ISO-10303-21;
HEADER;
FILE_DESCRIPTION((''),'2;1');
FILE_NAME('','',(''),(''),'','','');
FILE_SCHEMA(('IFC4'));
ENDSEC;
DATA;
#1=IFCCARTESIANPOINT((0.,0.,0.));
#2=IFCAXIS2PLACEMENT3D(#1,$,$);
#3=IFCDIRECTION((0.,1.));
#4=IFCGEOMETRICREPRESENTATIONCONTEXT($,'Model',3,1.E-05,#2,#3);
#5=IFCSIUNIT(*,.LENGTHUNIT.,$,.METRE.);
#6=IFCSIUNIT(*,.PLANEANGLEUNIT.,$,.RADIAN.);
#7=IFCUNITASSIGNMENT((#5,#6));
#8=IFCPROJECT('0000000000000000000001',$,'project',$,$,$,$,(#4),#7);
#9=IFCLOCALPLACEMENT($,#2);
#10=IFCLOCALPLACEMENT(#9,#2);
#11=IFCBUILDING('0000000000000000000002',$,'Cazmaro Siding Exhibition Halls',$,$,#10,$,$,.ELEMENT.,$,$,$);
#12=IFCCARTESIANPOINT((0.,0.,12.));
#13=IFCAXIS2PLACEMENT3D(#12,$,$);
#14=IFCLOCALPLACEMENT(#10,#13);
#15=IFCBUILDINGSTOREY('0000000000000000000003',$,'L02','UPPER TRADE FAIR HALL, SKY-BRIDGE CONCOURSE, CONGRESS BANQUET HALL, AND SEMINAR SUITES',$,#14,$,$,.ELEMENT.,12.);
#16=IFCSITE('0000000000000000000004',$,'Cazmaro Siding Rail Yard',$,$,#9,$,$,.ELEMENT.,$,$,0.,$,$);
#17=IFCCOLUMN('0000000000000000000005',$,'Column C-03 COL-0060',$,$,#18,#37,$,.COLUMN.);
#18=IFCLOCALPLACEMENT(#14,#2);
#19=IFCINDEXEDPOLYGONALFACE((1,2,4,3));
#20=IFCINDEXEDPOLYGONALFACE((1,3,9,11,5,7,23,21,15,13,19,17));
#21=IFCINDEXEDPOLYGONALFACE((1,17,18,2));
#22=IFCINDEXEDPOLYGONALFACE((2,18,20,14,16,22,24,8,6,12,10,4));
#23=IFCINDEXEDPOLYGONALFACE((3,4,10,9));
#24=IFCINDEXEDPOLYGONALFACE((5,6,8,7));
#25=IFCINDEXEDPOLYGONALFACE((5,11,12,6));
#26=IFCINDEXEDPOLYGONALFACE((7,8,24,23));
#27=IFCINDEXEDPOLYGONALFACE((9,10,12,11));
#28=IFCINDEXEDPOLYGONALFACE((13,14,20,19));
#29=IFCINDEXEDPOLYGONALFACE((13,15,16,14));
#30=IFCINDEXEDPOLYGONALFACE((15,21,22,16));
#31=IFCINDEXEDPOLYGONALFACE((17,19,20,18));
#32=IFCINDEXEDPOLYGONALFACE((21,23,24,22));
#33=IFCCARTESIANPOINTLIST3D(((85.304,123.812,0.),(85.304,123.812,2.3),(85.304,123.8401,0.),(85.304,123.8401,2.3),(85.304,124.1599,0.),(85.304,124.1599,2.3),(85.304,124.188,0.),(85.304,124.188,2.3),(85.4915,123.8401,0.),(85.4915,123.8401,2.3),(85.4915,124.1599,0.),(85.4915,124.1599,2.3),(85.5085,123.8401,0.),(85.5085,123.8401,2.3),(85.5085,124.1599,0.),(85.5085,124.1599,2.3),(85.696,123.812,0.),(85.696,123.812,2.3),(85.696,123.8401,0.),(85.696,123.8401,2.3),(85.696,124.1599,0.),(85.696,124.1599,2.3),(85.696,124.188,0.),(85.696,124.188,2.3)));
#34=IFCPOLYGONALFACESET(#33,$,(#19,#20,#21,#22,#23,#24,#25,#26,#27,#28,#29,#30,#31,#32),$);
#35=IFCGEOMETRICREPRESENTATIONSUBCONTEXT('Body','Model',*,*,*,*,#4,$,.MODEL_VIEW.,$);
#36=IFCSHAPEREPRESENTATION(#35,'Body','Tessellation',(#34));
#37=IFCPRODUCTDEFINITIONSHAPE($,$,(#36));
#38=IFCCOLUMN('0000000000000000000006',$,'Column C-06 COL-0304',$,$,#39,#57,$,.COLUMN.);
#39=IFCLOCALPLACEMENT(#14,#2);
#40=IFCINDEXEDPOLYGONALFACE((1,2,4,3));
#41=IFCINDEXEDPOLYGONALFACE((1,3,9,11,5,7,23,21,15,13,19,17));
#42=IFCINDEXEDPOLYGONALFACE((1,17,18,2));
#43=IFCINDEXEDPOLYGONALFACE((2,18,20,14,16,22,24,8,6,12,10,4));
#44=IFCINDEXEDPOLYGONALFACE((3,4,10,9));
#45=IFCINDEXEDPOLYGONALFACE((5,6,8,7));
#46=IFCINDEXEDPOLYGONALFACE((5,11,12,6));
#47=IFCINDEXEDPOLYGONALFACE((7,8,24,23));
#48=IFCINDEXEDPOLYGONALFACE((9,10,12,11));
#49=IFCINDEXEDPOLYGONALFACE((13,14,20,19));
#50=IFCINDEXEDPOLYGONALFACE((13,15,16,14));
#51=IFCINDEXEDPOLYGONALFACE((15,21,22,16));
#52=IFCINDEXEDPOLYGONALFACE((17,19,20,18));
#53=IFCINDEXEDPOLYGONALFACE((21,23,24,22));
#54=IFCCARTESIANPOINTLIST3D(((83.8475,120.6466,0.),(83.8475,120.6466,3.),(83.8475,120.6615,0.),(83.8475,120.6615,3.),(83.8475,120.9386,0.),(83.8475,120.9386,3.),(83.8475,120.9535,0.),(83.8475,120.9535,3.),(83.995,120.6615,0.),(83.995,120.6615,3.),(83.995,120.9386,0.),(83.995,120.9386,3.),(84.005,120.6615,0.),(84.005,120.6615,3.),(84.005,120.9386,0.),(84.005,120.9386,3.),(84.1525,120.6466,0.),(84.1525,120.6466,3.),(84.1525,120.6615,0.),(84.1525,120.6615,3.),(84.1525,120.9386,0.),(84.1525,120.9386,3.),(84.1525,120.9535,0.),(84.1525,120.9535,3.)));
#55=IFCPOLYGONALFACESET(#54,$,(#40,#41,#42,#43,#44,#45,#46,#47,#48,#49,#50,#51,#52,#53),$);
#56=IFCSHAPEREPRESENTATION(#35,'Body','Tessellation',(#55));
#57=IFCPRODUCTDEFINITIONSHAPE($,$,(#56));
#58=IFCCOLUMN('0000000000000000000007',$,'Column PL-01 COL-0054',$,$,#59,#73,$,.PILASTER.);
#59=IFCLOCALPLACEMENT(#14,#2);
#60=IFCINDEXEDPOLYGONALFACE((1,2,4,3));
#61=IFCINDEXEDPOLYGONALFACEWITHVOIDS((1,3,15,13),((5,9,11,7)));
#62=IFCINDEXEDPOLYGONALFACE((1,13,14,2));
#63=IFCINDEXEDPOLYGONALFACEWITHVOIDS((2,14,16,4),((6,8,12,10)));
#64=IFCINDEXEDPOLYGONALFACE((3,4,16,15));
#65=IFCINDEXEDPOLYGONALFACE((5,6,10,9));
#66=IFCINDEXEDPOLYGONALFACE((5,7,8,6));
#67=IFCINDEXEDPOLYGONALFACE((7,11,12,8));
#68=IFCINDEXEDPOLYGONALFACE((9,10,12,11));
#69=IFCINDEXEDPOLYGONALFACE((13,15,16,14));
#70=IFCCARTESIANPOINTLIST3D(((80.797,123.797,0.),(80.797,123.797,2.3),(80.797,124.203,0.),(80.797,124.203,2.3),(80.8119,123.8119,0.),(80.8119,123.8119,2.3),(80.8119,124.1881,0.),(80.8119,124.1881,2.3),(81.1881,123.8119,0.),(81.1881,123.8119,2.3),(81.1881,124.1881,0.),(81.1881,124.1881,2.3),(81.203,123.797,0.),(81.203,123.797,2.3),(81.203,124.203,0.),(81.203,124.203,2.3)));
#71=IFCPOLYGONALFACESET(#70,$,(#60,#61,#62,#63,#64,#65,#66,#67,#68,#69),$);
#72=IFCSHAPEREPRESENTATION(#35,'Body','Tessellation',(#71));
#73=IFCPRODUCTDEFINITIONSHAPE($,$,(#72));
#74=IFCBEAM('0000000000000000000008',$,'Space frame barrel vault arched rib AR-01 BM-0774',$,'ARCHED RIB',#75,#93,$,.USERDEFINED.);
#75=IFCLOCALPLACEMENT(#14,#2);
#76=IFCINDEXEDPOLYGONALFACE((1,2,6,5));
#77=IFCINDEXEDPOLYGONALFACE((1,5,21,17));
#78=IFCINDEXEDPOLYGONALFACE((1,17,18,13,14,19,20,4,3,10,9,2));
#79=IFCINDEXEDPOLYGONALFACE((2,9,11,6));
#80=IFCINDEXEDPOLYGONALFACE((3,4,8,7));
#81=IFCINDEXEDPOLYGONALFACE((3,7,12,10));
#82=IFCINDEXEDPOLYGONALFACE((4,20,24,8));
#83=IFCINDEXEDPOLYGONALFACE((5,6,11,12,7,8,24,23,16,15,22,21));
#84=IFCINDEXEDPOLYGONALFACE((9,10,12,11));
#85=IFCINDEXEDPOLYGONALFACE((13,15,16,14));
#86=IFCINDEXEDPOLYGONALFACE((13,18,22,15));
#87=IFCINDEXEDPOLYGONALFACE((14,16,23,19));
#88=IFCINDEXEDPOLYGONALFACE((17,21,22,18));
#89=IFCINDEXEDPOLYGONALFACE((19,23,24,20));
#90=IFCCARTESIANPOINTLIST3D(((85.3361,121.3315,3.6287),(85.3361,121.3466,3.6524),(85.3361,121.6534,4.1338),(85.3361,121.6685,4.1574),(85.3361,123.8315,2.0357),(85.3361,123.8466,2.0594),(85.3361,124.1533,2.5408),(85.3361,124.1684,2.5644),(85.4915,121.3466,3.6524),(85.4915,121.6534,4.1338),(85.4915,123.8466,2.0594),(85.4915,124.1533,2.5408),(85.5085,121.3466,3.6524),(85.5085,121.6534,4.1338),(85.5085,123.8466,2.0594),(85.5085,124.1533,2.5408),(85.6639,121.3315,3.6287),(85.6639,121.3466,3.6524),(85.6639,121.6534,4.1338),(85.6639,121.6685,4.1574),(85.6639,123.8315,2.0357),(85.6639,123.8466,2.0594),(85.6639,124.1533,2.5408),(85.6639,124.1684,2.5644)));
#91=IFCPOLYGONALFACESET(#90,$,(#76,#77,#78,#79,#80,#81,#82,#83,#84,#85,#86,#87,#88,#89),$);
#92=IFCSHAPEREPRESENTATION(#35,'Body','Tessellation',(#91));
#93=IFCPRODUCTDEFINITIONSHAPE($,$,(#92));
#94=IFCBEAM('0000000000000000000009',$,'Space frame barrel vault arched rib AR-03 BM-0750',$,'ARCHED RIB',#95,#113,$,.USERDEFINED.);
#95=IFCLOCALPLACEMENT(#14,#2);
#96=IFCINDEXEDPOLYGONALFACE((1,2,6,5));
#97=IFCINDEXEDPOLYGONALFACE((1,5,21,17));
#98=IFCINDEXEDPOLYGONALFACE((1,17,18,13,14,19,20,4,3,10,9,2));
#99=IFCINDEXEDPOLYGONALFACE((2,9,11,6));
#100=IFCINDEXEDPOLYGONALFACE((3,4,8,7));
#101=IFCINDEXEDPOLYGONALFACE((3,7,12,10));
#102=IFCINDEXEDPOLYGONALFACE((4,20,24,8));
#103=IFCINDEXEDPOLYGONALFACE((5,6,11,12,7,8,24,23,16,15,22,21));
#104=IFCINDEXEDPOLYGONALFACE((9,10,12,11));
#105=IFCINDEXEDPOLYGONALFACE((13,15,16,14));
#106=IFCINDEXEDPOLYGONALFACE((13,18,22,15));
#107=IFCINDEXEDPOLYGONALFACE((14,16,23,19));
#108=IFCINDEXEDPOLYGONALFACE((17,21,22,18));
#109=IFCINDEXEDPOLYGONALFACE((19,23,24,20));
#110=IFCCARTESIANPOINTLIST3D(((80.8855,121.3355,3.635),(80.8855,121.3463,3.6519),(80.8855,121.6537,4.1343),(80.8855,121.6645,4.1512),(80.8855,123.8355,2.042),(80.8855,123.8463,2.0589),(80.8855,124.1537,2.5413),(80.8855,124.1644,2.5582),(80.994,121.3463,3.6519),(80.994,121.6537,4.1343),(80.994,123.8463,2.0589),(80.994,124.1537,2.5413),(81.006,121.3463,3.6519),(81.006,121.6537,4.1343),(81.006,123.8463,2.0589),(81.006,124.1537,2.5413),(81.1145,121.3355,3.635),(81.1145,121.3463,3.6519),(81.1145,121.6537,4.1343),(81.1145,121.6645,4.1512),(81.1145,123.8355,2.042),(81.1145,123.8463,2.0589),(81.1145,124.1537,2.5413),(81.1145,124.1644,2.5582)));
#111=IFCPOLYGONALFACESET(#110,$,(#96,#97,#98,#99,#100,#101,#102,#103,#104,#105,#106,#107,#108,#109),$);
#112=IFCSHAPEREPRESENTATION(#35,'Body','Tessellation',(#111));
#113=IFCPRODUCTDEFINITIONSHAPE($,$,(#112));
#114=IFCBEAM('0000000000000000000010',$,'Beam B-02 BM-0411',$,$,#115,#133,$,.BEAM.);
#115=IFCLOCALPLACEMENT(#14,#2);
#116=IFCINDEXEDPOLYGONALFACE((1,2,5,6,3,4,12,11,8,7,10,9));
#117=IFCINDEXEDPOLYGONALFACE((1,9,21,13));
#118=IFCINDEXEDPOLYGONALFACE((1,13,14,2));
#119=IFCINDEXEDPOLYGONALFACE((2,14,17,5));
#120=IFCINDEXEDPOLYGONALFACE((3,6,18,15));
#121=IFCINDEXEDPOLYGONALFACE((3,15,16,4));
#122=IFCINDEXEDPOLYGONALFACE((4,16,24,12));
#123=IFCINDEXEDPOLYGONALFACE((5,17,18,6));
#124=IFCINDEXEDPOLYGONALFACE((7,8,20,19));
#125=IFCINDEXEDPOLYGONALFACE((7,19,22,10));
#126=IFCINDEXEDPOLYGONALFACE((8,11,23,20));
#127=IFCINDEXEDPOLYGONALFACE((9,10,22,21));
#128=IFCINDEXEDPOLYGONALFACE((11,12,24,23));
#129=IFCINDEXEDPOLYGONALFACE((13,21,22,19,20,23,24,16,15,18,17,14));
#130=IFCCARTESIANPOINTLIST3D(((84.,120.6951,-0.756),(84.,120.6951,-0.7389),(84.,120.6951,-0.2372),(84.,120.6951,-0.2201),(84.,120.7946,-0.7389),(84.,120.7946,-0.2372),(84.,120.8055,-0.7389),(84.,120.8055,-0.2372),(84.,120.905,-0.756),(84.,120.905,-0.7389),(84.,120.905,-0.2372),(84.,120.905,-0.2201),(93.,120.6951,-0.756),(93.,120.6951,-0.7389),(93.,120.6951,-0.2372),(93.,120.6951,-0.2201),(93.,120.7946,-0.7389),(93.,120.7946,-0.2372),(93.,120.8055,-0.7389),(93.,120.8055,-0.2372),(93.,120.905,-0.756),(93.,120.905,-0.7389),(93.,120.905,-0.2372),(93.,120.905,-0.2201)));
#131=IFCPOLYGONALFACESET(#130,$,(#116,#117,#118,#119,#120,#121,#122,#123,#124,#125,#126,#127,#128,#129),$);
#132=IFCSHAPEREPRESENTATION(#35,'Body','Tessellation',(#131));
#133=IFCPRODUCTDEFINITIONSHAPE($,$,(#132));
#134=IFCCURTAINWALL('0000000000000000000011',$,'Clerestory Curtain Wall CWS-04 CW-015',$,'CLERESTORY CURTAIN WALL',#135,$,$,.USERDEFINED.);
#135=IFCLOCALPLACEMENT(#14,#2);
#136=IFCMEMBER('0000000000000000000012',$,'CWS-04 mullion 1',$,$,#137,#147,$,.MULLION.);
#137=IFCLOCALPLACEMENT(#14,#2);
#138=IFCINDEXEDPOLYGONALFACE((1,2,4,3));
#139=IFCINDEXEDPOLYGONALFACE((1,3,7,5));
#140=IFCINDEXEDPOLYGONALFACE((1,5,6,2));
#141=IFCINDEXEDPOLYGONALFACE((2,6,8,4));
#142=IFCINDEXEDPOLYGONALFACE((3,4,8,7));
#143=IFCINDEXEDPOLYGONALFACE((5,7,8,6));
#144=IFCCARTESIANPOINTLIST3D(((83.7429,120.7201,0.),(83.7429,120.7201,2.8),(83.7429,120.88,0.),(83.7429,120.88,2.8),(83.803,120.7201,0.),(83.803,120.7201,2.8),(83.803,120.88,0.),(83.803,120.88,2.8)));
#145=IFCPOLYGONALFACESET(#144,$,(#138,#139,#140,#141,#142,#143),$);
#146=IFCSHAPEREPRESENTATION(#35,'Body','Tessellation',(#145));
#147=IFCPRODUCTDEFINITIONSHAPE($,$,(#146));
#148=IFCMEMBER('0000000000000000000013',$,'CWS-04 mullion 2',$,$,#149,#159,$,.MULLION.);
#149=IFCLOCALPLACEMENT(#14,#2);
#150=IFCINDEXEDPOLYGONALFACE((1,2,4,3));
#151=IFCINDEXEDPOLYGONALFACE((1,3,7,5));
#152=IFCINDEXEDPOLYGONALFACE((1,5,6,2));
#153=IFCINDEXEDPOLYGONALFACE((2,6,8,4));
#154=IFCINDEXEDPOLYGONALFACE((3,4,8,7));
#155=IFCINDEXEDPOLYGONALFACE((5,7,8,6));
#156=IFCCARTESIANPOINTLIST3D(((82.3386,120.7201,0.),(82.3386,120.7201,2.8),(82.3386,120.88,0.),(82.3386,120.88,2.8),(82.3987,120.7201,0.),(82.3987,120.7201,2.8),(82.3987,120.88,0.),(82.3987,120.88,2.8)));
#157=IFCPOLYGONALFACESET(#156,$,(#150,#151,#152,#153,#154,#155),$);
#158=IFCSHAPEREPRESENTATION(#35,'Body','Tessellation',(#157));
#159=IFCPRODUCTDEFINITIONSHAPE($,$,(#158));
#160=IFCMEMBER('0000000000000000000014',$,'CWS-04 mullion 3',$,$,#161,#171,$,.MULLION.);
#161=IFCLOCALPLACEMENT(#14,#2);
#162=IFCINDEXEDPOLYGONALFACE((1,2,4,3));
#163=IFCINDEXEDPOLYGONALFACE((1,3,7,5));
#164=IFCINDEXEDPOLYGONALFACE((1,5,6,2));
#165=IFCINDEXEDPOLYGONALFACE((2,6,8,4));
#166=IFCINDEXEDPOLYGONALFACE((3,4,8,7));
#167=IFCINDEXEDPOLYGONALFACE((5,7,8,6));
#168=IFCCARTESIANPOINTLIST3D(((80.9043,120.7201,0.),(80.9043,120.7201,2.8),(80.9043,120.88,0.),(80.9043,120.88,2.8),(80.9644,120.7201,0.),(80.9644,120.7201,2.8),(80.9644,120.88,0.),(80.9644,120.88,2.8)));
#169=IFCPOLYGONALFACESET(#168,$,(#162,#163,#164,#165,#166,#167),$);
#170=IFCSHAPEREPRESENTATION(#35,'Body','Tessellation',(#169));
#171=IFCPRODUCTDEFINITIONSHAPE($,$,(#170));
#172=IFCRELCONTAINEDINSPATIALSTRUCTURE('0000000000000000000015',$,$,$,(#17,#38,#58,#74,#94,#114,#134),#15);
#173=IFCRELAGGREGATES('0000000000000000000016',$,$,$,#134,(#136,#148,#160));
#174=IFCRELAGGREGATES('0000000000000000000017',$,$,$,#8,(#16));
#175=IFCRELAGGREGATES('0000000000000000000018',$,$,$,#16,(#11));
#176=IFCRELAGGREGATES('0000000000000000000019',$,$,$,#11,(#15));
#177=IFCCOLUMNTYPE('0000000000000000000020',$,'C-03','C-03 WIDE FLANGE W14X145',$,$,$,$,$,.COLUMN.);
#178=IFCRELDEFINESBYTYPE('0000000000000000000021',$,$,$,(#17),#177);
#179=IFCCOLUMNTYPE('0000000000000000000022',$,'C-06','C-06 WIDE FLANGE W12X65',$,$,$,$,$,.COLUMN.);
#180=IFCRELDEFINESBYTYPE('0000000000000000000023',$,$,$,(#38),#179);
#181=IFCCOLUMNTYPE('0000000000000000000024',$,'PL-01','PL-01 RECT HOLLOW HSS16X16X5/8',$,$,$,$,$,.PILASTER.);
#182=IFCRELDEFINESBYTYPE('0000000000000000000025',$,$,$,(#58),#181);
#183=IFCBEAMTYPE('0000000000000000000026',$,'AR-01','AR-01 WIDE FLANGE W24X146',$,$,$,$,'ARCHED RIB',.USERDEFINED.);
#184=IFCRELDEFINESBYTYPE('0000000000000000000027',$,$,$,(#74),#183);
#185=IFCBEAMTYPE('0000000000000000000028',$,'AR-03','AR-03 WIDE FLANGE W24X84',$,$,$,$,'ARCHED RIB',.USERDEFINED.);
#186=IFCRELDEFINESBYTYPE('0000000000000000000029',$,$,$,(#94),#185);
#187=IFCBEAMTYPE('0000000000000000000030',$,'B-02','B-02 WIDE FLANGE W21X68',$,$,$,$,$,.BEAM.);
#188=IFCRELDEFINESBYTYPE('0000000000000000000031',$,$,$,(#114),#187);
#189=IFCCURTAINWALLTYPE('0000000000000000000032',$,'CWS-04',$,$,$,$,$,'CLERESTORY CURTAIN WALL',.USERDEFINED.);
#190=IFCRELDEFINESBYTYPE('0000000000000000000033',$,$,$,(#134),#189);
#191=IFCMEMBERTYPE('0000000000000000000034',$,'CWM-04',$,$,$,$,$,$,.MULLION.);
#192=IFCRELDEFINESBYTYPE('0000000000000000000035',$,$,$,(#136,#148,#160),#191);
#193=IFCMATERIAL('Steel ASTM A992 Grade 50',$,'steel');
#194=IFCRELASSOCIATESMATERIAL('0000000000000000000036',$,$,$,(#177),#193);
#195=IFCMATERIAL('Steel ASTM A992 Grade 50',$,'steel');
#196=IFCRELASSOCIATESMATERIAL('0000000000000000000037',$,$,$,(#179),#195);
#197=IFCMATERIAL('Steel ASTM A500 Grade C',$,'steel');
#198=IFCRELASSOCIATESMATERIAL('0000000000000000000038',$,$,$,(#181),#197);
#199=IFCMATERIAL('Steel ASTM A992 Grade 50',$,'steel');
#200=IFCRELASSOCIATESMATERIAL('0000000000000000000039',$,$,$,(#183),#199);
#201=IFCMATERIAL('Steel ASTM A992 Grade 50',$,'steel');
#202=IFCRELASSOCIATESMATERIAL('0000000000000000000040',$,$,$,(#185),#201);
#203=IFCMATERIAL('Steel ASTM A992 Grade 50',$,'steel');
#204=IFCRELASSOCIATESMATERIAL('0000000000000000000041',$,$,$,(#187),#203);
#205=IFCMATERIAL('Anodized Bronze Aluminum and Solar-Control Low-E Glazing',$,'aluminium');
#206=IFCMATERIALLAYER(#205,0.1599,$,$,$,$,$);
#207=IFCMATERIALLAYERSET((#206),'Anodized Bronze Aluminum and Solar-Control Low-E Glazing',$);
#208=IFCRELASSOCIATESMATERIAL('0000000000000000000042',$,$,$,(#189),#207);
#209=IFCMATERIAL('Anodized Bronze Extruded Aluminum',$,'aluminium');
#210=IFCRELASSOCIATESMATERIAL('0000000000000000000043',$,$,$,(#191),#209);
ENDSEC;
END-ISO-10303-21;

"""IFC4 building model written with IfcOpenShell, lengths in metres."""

from ifc_helpers import new_model, si_unit, direction, frame, origin, origin_2d, place, context, subcontext, project, spatial, rectangle, hollow_rectangle, i_section, extrude, material, layer, layer_set, material_profile, profile_set, type_object, element, aggregate, save


model = new_model("IFC4")

# Units and contexts
model_context = context("Model", 3, precision=1e-05, world=origin(), true_north=direction((0.0, 1.0)))
body_context = subcontext(model_context, "Body", "Model", "MODEL_VIEW")
ifc_project = project(units=[si_unit("LENGTHUNIT", "METRE"), si_unit("PLANEANGLEUNIT", "RADIAN")], contexts=[model_context])

# Site, building, storey
site_placement = place(None, origin())
site = spatial("IfcSite", under=ifc_project, at=site_placement, Name="Cazmaro Siding Rail Yard", CompositionType="ELEMENT", RefElevation=0.0)
building_placement = place(site_placement, origin())
building = spatial("IfcBuilding", under=site, at=building_placement, Name="Cazmaro Siding Exhibition Halls", CompositionType="ELEMENT")
storey_placement = place(building_placement, frame((0.0, 0.0, 12.0)))
storey = spatial("IfcBuildingStorey", under=building, at=storey_placement, Name="L02", Description="UPPER TRADE FAIR HALL, SKY-BRIDGE CONCOURSE, CONGRESS BANQUET HALL, AND SEMINAR SUITES", CompositionType="ELEMENT", Elevation=12.0)

# Columns
ifc_material_1 = material(Name="Steel ASTM A992 Grade 50", Category="steel")
ifc_material_profile_1 = material_profile(ifc_material_1, i_section(OverallWidth=0.3921, OverallDepth=0.376, WebThickness=0.0171, FlangeThickness=0.0281, at=origin_2d()), Name="W14X145")
ifc_profile_set_1 = profile_set([ifc_material_profile_1], Name="Steel ASTM A992 Grade 50")
column_type_1 = type_object("IfcColumnType", Name="C-03", Description="C-03 WIDE FLANGE W14X145", PredefinedType="COLUMN", material=ifc_profile_set_1)
column_1_placement = place(storey_placement, frame((85.5, 124.0, 0.0), z_axis=(0.0, 0.0, 1.0), x_axis=(1.0, 0.0, 0.0)))
element("IfcColumn", 1, at=column_1_placement, inside=storey, type_object=column_type_1, Name="Column C-03 COL-0060", PredefinedType="COLUMN", context=body_context, shape_type="SweptSolid", body=[
    extrude(i_section(OverallWidth=0.3921, OverallDepth=0.376, WebThickness=0.0171, FlangeThickness=0.0281, at=origin_2d()), origin(), (0.0, 0.0, 1.0), 2.3),
])
ifc_material_2 = material(Name="Steel ASTM A992 Grade 50", Category="steel")
ifc_material_profile_2 = material_profile(ifc_material_2, i_section(OverallWidth=0.3049, OverallDepth=0.3069, WebThickness=0.01, FlangeThickness=0.0149, at=origin_2d()), Name="W12X65")
ifc_profile_set_2 = profile_set([ifc_material_profile_2], Name="Steel ASTM A992 Grade 50")
column_type_2 = type_object("IfcColumnType", Name="C-06", Description="C-06 WIDE FLANGE W12X65", PredefinedType="COLUMN", material=ifc_profile_set_2)
column_2_placement = place(storey_placement, frame((84.0, 120.8, 0.0), z_axis=(0.0, 0.0, 1.0), x_axis=(1.0, 0.0, 0.0)))
element("IfcColumn", 2, at=column_2_placement, inside=storey, type_object=column_type_2, Name="Column C-06 COL-0304", PredefinedType="COLUMN", context=body_context, shape_type="SweptSolid", body=[
    extrude(i_section(OverallWidth=0.3049, OverallDepth=0.3069, WebThickness=0.01, FlangeThickness=0.0149, at=origin_2d()), origin(), (0.0, 0.0, 1.0), 3.0),
])
ifc_material_3 = material(Name="Steel ASTM A500 Grade C", Category="steel")
ifc_material_profile_3 = material_profile(ifc_material_3, hollow_rectangle(XDim=0.406, YDim=0.406, WallThickness=0.0149, at=origin_2d()), Name="HSS16X16X5/8")
ifc_profile_set_3 = profile_set([ifc_material_profile_3], Name="Steel ASTM A500 Grade C")
column_type_3 = type_object("IfcColumnType", Name="PL-01", Description="PL-01 RECT HOLLOW HSS16X16X5/8", PredefinedType="PILASTER", material=ifc_profile_set_3)
column_3_placement = place(storey_placement, frame((81.0, 124.0, 0.0), z_axis=(0.0, 0.0, 1.0), x_axis=(1.0, 0.0, 0.0)))
element("IfcColumn", 3, at=column_3_placement, inside=storey, type_object=column_type_3, Name="Column PL-01 COL-0054", PredefinedType="PILASTER", context=body_context, shape_type="SweptSolid", body=[
    extrude(hollow_rectangle(XDim=0.406, YDim=0.406, WallThickness=0.0149, at=origin_2d()), origin(), (0.0, 0.0, 1.0), 2.3),
])

# Beams
ifc_material_4 = material(Name="Steel ASTM A992 Grade 50", Category="steel")
ifc_material_profile_4 = material_profile(ifc_material_4, i_section(OverallWidth=0.3279, OverallDepth=0.627, WebThickness=0.0171, FlangeThickness=0.0281, at=origin_2d()), Name="W24X146")
ifc_profile_set_4 = profile_set([ifc_material_profile_4], Name="Steel ASTM A992 Grade 50")
beam_type_1 = type_object("IfcBeamType", Name="AR-01", Description="AR-01 WIDE FLANGE W24X146", ElementType="ARCHED RIB", PredefinedType="USERDEFINED", material=ifc_profile_set_4)
beam_1_placement = place(storey_placement, frame((85.5, 121.5, 3.8931), z_axis=(0.0, 0.843339, -0.537382), x_axis=(-1.0, 0.0, 0.0)))
element("IfcBeam", 4, at=beam_1_placement, inside=storey, type_object=beam_type_1, Name="Space frame barrel vault arched rib AR-01 BM-0774", ObjectType="ARCHED RIB", PredefinedType="USERDEFINED", context=body_context, shape_type="SweptSolid", body=[
    extrude(i_section(OverallWidth=0.3279, OverallDepth=0.627, WebThickness=0.0171, FlangeThickness=0.0281, at=origin_2d()), origin(), (0.0, 0.0, 1.0), 2.9644),
])
ifc_material_5 = material(Name="Steel ASTM A992 Grade 50", Category="steel")
ifc_material_profile_5 = material_profile(ifc_material_5, i_section(OverallWidth=0.229, OverallDepth=0.6121, WebThickness=0.012, FlangeThickness=0.02, at=origin_2d()), Name="W24X84")
ifc_profile_set_5 = profile_set([ifc_material_profile_5], Name="Steel ASTM A992 Grade 50")
beam_type_2 = type_object("IfcBeamType", Name="AR-03", Description="AR-03 WIDE FLANGE W24X84", ElementType="ARCHED RIB", PredefinedType="USERDEFINED", material=ifc_profile_set_5)
beam_2_placement = place(storey_placement, frame((81.0, 121.5, 3.8931), z_axis=(0.0, 0.843339, -0.537382), x_axis=(-1.0, 0.0, 0.0)))
element("IfcBeam", 5, at=beam_2_placement, inside=storey, type_object=beam_type_2, Name="Space frame barrel vault arched rib AR-03 BM-0750", ObjectType="ARCHED RIB", PredefinedType="USERDEFINED", context=body_context, shape_type="SweptSolid", body=[
    extrude(i_section(OverallWidth=0.229, OverallDepth=0.6121, WebThickness=0.012, FlangeThickness=0.02, at=origin_2d()), origin(), (0.0, 0.0, 1.0), 2.9644),
])
ifc_material_6 = material(Name="Steel ASTM A992 Grade 50", Category="steel")
ifc_material_profile_6 = material_profile(ifc_material_6, i_section(OverallWidth=0.21, OverallDepth=0.5359, WebThickness=0.011, FlangeThickness=0.0171, at=origin_2d()), Name="W21X68")
ifc_profile_set_6 = profile_set([ifc_material_profile_6], Name="Steel ASTM A992 Grade 50")
beam_type_3 = type_object("IfcBeamType", Name="B-02", Description="B-02 WIDE FLANGE W21X68", PredefinedType="BEAM", material=ifc_profile_set_6)
beam_3_placement = place(storey_placement, frame((84.0, 120.8, -0.488), z_axis=(1.0, 0.0, 0.0), x_axis=(0.0, 1.0, 0.0)))
element("IfcBeam", 6, at=beam_3_placement, inside=storey, type_object=beam_type_3, Name="Beam B-02 BM-0411", PredefinedType="BEAM", context=body_context, shape_type="SweptSolid", body=[
    extrude(i_section(OverallWidth=0.21, OverallDepth=0.5359, WebThickness=0.011, FlangeThickness=0.0171, at=origin_2d()), origin(), (0.0, 0.0, 1.0), 9.0),
])

# Curtain wall, members
ifc_material_7 = material(Name="Anodized Bronze Aluminum and Solar-Control Low-E Glazing", Category="aluminium")
ifc_layer_1 = layer(ifc_material_7, 0.1599)
ifc_layer_set_1 = layer_set([ifc_layer_1], Name="Anodized Bronze Aluminum and Solar-Control Low-E Glazing")
curtain_wall_type = type_object("IfcCurtainWallType", Name="CWS-04", ElementType="CLERESTORY CURTAIN WALL", PredefinedType="USERDEFINED", material=ifc_layer_set_1)
curtain_wall_1_placement = place(storey_placement, origin())
curtain_wall_1 = element("IfcCurtainWall", 7, at=curtain_wall_1_placement, inside=storey, type_object=curtain_wall_type, Name="Clerestory Curtain Wall CWS-04 CW-015", ObjectType="CLERESTORY CURTAIN WALL", PredefinedType="USERDEFINED")
ifc_material_8 = material(Name="Anodized Bronze Extruded Aluminum", Category="aluminium")
ifc_material_profile_7 = material_profile(ifc_material_8, rectangle(XDim=0.1599, YDim=0.0601, at=origin_2d()), Name="CWM-04")
ifc_profile_set_7 = profile_set([ifc_material_profile_7], Name="Anodized Bronze Extruded Aluminum")
member_type_1 = type_object("IfcMemberType", Name="CWM-04", PredefinedType="MULLION", material=ifc_profile_set_7)
member_1_placement = place(storey_placement, frame((83.7729, 120.8, 0.0), z_axis=(0.0, 0.0, 1.0), x_axis=(0.0, -1.0, 0.0)))
member_1 = element("IfcMember", 8, at=member_1_placement, type_object=member_type_1, Name="CWS-04 mullion 1", PredefinedType="MULLION", context=body_context, shape_type="SweptSolid", body=[
    extrude(rectangle(XDim=0.1599, YDim=0.0601, at=origin_2d()), origin(), (0.0, 0.0, 1.0), 2.8),
])
member_2_placement = place(storey_placement, frame((82.3687, 120.8, 0.0), z_axis=(0.0, 0.0, 1.0), x_axis=(0.0, -1.0, 0.0)))
member_2 = element("IfcMember", 9, at=member_2_placement, type_object=member_type_1, Name="CWS-04 mullion 2", PredefinedType="MULLION", context=body_context, shape_type="SweptSolid", body=[
    extrude(rectangle(XDim=0.1599, YDim=0.0601, at=origin_2d()), origin(), (0.0, 0.0, 1.0), 2.8),
])
member_3_placement = place(storey_placement, frame((80.9343, 120.8, 0.0), z_axis=(0.0, 0.0, 1.0), x_axis=(0.0, -1.0, 0.0)))
member_3 = element("IfcMember", 10, at=member_3_placement, type_object=member_type_1, Name="CWS-04 mullion 3", PredefinedType="MULLION", context=body_context, shape_type="SweptSolid", body=[
    extrude(rectangle(XDim=0.1599, YDim=0.0601, at=origin_2d()), origin(), (0.0, 0.0, 1.0), 2.8),
])

aggregate(curtain_wall_1, [member_1, member_2, member_3])

save(model, "model.ifc")
